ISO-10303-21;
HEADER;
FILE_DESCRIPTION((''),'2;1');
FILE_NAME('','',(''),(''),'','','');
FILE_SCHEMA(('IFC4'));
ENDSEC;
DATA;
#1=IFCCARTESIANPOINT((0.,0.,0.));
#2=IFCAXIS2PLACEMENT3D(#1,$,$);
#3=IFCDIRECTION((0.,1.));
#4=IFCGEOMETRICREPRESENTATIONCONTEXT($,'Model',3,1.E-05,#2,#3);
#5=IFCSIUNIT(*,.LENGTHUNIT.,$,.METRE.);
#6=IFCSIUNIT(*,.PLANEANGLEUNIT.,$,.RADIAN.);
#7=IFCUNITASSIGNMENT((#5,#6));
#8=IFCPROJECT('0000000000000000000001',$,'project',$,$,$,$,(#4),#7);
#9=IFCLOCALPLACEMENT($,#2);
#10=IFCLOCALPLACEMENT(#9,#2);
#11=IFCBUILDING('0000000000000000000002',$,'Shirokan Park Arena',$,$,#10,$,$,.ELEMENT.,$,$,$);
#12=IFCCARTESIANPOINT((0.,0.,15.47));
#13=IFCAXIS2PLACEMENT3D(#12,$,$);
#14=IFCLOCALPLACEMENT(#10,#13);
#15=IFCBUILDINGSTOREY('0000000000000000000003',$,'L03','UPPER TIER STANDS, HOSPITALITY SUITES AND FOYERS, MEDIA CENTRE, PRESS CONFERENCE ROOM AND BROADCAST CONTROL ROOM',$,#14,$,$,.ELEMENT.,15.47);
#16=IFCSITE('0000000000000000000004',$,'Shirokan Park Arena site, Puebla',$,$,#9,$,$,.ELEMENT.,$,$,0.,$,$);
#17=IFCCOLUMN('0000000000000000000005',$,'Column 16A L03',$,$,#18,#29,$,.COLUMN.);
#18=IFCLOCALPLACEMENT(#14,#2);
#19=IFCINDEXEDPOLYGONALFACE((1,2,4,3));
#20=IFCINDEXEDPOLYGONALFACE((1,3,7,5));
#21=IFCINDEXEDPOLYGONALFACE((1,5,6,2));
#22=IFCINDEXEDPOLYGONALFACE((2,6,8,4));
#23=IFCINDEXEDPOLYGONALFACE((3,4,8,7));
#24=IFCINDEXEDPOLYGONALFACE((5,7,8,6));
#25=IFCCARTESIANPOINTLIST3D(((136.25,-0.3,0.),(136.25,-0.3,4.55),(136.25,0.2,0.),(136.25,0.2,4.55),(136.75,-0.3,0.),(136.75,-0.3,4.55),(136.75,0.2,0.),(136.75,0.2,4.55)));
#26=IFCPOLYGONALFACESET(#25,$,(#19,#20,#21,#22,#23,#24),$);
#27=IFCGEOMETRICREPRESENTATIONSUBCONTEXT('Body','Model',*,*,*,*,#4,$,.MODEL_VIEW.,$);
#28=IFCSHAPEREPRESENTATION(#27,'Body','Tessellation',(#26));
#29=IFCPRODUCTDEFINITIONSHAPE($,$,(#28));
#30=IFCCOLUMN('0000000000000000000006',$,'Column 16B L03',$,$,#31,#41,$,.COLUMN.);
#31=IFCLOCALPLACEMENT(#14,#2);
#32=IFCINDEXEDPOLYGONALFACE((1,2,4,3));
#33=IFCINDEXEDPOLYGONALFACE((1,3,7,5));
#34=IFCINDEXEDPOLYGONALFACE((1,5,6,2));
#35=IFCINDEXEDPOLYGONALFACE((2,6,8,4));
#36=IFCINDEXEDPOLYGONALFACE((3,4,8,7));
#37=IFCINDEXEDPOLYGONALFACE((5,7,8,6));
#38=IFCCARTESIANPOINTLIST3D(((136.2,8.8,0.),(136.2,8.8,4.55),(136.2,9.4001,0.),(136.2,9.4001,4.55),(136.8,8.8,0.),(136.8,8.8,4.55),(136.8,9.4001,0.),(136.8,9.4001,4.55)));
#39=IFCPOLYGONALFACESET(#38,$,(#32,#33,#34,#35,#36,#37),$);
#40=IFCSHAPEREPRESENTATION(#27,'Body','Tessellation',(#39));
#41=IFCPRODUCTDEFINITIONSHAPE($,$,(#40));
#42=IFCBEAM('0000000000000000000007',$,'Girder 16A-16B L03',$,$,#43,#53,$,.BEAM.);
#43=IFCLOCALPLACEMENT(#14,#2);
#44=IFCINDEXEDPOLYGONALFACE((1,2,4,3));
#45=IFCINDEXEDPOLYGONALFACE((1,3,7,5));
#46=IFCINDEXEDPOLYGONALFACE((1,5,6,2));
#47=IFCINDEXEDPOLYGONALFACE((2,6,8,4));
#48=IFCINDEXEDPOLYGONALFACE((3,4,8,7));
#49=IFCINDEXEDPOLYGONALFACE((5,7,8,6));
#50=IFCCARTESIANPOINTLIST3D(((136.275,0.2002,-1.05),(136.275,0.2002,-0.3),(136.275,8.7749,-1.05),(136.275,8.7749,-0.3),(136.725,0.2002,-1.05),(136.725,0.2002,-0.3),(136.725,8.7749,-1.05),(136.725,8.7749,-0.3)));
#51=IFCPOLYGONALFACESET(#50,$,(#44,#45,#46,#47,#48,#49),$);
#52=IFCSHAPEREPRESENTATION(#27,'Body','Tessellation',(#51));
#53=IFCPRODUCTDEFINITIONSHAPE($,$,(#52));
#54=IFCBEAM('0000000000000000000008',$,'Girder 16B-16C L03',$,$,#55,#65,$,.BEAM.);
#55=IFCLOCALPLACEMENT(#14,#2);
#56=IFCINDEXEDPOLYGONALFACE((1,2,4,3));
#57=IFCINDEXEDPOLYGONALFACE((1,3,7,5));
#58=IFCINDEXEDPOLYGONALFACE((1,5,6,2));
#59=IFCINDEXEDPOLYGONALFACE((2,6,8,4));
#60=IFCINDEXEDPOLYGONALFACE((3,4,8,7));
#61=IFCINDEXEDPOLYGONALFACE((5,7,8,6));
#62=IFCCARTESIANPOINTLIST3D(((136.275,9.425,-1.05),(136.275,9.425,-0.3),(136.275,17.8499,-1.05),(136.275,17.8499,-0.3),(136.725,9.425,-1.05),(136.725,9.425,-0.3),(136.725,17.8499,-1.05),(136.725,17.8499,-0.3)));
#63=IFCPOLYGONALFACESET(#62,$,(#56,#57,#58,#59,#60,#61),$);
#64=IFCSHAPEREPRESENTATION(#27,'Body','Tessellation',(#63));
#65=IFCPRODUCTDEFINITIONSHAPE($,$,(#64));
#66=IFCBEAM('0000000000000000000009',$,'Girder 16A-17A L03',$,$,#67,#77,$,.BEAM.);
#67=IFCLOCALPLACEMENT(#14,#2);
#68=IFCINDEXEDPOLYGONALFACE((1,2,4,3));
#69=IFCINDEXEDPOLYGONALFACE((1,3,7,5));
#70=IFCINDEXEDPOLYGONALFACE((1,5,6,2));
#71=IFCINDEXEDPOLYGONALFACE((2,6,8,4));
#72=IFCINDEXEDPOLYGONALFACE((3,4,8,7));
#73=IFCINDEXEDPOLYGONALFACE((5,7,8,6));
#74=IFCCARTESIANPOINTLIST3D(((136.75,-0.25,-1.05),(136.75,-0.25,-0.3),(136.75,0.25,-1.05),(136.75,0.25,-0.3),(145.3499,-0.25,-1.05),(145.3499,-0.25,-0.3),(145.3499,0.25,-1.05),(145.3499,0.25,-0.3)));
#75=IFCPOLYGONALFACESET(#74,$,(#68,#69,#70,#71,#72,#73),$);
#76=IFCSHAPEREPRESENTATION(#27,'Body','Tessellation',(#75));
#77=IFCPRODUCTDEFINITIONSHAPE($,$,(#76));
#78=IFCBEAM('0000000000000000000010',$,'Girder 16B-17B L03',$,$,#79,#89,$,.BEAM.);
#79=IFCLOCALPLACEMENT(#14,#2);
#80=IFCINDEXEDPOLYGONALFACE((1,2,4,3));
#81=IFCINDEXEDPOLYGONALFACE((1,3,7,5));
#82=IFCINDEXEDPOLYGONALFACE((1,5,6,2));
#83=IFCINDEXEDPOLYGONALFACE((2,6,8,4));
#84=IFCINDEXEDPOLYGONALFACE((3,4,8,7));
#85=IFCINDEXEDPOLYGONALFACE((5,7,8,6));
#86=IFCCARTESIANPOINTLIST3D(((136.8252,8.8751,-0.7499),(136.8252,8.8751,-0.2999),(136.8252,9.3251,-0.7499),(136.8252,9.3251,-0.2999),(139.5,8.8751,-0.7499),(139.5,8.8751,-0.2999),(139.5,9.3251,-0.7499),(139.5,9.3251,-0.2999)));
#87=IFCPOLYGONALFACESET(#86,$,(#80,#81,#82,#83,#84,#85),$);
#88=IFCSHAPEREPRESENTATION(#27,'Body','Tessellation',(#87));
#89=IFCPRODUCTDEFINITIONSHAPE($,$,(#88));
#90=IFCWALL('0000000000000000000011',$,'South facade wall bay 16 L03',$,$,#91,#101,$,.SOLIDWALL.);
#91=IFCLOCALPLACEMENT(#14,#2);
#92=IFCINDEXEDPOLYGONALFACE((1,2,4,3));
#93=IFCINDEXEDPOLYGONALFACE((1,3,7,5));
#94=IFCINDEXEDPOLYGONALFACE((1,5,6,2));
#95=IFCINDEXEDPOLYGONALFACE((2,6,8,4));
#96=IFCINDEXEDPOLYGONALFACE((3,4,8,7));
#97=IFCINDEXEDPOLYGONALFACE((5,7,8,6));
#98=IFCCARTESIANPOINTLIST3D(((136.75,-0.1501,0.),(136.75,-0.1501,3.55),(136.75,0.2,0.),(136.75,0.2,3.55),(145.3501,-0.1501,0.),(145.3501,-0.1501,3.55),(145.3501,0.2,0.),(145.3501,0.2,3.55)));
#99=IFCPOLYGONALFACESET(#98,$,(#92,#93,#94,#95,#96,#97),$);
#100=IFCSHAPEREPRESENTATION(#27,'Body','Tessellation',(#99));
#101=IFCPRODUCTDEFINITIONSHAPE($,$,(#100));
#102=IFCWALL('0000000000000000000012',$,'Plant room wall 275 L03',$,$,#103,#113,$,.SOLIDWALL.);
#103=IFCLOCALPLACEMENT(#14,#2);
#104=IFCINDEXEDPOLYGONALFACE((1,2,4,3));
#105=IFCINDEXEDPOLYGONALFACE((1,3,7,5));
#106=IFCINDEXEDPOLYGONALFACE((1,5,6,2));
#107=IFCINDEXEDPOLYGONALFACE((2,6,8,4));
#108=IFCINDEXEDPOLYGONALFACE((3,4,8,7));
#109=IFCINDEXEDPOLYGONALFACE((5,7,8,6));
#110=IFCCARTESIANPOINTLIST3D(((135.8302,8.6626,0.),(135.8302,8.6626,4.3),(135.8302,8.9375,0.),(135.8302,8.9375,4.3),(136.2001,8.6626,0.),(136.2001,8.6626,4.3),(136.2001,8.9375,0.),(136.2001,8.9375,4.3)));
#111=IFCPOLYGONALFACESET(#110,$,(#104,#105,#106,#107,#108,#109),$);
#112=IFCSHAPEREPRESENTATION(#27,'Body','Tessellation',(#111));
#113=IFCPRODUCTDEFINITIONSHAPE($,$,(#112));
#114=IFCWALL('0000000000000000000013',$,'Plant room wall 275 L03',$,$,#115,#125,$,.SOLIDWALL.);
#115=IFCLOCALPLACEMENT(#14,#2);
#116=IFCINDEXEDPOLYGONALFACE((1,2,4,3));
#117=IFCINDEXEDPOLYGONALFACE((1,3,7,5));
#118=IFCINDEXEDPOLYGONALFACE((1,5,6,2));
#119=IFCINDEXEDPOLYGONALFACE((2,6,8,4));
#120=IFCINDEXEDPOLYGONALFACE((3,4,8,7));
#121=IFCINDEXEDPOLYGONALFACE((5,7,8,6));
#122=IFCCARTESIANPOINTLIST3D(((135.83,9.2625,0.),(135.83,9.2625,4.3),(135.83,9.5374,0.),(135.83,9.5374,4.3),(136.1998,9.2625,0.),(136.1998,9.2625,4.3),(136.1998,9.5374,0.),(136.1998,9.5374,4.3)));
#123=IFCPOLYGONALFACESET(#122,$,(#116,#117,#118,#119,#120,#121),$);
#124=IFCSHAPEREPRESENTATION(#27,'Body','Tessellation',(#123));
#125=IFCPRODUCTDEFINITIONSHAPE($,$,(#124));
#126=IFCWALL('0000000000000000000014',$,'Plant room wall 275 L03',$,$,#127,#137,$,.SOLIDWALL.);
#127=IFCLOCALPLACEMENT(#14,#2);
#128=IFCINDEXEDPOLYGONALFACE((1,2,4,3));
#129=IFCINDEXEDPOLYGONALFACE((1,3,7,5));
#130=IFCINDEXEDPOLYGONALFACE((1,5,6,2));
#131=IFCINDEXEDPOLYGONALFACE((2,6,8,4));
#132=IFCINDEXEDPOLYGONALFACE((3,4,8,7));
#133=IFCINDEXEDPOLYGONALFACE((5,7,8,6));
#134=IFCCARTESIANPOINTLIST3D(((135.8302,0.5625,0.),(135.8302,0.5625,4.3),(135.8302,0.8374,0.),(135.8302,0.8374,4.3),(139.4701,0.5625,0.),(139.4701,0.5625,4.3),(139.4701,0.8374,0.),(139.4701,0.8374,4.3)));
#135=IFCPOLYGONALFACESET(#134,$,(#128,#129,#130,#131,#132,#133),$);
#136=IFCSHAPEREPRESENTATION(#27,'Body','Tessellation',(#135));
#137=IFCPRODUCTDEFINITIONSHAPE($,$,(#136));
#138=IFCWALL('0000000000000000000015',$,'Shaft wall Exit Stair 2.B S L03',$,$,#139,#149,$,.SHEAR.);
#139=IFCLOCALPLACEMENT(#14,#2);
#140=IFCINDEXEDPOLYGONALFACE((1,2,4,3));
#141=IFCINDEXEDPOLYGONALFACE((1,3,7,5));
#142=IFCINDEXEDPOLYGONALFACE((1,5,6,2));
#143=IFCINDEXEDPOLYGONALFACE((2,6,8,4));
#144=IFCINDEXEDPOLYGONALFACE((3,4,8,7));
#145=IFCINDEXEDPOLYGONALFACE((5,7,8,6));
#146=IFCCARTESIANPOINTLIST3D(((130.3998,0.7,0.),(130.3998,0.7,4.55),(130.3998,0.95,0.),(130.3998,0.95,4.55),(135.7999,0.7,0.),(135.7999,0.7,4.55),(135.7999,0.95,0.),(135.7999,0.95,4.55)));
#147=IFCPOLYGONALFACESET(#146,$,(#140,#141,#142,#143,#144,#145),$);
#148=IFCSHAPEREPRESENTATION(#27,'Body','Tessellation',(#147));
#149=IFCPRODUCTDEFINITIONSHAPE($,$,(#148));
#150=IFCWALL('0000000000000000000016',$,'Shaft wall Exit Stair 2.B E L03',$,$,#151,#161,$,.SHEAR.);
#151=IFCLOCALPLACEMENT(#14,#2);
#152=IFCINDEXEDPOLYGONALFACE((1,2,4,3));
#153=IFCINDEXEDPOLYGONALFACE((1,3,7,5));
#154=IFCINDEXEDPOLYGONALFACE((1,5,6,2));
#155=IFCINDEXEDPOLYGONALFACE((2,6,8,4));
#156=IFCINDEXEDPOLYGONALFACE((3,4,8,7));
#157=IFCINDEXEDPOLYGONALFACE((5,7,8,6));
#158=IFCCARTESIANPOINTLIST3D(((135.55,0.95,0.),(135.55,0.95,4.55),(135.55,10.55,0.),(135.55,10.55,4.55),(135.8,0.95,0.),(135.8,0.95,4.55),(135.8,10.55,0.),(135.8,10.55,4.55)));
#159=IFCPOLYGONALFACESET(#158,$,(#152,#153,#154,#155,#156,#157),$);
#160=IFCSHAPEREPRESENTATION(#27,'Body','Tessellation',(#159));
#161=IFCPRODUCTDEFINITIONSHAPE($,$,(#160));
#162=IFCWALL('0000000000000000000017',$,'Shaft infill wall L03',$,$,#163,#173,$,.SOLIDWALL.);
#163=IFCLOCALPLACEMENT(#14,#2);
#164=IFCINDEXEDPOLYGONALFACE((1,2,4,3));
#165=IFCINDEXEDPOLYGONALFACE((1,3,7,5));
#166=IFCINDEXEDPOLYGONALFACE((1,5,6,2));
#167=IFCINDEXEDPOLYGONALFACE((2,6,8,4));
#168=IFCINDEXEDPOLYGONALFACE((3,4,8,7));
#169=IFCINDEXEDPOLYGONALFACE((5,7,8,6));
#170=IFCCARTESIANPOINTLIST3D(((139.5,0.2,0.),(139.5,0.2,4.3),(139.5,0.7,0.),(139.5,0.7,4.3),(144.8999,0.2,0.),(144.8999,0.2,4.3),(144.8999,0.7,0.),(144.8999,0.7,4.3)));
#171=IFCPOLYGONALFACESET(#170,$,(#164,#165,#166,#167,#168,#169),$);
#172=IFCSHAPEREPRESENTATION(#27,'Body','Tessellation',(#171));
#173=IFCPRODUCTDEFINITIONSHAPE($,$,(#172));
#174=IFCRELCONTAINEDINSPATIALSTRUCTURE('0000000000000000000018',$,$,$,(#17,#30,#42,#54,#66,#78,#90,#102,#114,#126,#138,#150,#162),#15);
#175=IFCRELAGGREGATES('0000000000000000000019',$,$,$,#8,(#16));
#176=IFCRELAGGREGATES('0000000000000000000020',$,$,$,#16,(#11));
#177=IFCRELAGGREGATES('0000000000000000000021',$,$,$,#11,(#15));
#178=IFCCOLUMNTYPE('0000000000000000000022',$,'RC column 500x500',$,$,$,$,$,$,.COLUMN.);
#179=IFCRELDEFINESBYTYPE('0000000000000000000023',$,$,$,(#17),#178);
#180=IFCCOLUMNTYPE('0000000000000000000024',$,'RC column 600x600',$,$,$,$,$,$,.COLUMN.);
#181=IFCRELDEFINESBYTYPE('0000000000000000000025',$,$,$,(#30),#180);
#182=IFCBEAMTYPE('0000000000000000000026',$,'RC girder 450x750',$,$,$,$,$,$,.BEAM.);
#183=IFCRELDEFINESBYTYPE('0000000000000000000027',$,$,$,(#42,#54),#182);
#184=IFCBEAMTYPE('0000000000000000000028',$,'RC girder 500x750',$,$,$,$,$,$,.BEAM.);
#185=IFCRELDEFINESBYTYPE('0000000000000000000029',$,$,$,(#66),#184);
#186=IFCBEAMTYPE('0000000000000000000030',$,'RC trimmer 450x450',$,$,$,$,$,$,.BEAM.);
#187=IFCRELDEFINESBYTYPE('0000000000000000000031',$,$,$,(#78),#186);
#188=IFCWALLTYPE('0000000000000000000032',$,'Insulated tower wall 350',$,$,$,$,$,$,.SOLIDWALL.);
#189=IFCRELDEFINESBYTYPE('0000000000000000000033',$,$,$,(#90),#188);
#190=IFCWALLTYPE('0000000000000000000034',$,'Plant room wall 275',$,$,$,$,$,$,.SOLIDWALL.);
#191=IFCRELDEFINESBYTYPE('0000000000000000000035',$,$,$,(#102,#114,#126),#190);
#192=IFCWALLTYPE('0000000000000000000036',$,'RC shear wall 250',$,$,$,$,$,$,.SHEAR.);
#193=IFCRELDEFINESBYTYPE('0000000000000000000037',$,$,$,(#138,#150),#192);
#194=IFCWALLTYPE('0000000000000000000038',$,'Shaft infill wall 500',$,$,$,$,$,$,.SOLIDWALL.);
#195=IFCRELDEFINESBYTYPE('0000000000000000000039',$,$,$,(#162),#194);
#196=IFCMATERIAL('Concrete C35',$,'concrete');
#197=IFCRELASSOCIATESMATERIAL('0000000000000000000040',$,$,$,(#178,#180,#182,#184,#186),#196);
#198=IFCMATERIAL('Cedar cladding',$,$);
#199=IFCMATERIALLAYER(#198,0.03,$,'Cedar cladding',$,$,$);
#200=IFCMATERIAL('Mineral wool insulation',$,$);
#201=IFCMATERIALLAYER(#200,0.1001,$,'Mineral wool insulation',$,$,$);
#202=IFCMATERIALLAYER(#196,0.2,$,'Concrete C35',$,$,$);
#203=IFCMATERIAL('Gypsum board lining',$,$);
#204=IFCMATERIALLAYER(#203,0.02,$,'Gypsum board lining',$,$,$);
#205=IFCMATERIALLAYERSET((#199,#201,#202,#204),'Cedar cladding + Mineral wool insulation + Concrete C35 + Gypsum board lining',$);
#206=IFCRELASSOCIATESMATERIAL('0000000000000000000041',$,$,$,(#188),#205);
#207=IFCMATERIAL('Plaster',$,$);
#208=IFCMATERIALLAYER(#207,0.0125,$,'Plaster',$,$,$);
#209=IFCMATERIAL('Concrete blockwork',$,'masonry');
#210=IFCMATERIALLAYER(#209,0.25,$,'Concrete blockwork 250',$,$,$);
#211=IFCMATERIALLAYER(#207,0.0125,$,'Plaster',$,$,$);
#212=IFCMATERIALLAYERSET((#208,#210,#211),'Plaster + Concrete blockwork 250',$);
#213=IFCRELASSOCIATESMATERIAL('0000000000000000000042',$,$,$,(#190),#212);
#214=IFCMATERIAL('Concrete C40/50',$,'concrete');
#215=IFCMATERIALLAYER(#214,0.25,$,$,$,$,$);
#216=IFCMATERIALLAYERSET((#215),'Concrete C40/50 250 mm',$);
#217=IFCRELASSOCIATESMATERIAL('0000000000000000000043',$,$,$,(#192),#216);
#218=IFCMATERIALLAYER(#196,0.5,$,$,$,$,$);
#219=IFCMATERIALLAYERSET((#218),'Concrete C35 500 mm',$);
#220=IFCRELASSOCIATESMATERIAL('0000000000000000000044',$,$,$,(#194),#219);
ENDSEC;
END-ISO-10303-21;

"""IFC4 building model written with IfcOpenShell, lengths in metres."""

from ifc_helpers import new_model, si_unit, direction, frame, frame_2d, origin, origin_2d, place, context, subcontext, project, spatial, rectangle, extrude, material, layer, layer_set, material_profile, profile_set, type_object, element, save


model = new_model("IFC4")

# Units and contexts
model_context = context("Model", 3, precision=1e-05, world=origin(), true_north=direction((0.0, 1.0)))
body_context = subcontext(model_context, "Body", "Model", "MODEL_VIEW")
ifc_project = project(units=[si_unit("LENGTHUNIT", "METRE"), si_unit("PLANEANGLEUNIT", "RADIAN")], contexts=[model_context])

# Site, building, storey
site_placement = place(None, origin())
site = spatial("IfcSite", under=ifc_project, at=site_placement, Name="Shirokan Park Arena site, Puebla", CompositionType="ELEMENT", RefElevation=0.0)
building_placement = place(site_placement, origin())
building = spatial("IfcBuilding", under=site, at=building_placement, Name="Shirokan Park Arena", CompositionType="ELEMENT")
storey_placement = place(building_placement, frame((0.0, 0.0, 15.47)))
storey = spatial("IfcBuildingStorey", under=building, at=storey_placement, Name="L03", Description="UPPER TIER STANDS, HOSPITALITY SUITES AND FOYERS, MEDIA CENTRE, PRESS CONFERENCE ROOM AND BROADCAST CONTROL ROOM", CompositionType="ELEMENT", Elevation=15.47)

# Columns
ifc_material_1 = material(Name="Concrete C35", Category="concrete")
ifc_material_profile_1 = material_profile(ifc_material_1, rectangle(XDim=0.5, YDim=0.5, at=origin_2d()), Name="500x500")
ifc_profile_set_1 = profile_set([ifc_material_profile_1], Name="Concrete C35")
column_type_1 = type_object("IfcColumnType", Name="RC column 500x500", PredefinedType="COLUMN", material=ifc_profile_set_1)
column_1_placement = place(storey_placement, frame((136.5, -0.05, 0.0), z_axis=(0.0, 0.0, 1.0), x_axis=(1.0, 0.0, 0.0)))
element("IfcColumn", 1, at=column_1_placement, inside=storey, type_object=column_type_1, Name="Column 16A L03", PredefinedType="COLUMN", context=body_context, shape_type="SweptSolid", body=[
    extrude(rectangle(XDim=0.5, YDim=0.5, at=origin_2d()), origin(), (0.0, 0.0, 1.0), 4.55),
])
ifc_material_profile_2 = material_profile(ifc_material_1, rectangle(XDim=0.6001, YDim=0.6001, at=origin_2d()), Name="600x600")
ifc_profile_set_2 = profile_set([ifc_material_profile_2], Name="Concrete C35")
column_type_2 = type_object("IfcColumnType", Name="RC column 600x600", PredefinedType="COLUMN", material=ifc_profile_set_2)
column_2_placement = place(storey_placement, frame((136.5, 9.1001, 0.0), z_axis=(0.0, 0.0, 1.0), x_axis=(1.0, 0.0, 0.0)))
element("IfcColumn", 2, at=column_2_placement, inside=storey, type_object=column_type_2, Name="Column 16B L03", PredefinedType="COLUMN", context=body_context, shape_type="SweptSolid", body=[
    extrude(rectangle(XDim=0.6001, YDim=0.6001, at=origin_2d()), origin(), (0.0, 0.0, 1.0), 4.55),
])

# Beams
ifc_material_profile_3 = material_profile(ifc_material_1, rectangle(XDim=0.45, YDim=0.75, at=origin_2d()), Name="450x750")
ifc_profile_set_3 = profile_set([ifc_material_profile_3], Name="Concrete C35")
beam_type_1 = type_object("IfcBeamType", Name="RC girder 450x750", PredefinedType="BEAM", material=ifc_profile_set_3)
beam_1_placement = place(storey_placement, frame((136.5, 0.2002, -0.675), z_axis=(0.0, 1.0, 0.0), x_axis=(-1.0, 0.0, 0.0)))
element("IfcBeam", 3, at=beam_1_placement, inside=storey, type_object=beam_type_1, Name="Girder 16A-16B L03", PredefinedType="BEAM", context=body_context, shape_type="SweptSolid", body=[
    extrude(rectangle(XDim=0.45, YDim=0.75, at=origin_2d()), origin(), (0.0, 0.0, 1.0), 8.5747),
])
beam_2_placement = place(storey_placement, frame((136.5, 9.425, -0.675), z_axis=(0.0, 1.0, 0.0), x_axis=(-1.0, 0.0, 0.0)))
element("IfcBeam", 4, at=beam_2_placement, inside=storey, type_object=beam_type_1, Name="Girder 16B-16C L03", PredefinedType="BEAM", context=body_context, shape_type="SweptSolid", body=[
    extrude(rectangle(XDim=0.45, YDim=0.75, at=origin_2d()), origin(), (0.0, 0.0, 1.0), 8.4248),
])
ifc_material_profile_4 = material_profile(ifc_material_1, rectangle(XDim=0.5, YDim=0.75, at=origin_2d()), Name="500x750")
ifc_profile_set_4 = profile_set([ifc_material_profile_4], Name="Concrete C35")
beam_type_2 = type_object("IfcBeamType", Name="RC girder 500x750", PredefinedType="BEAM", material=ifc_profile_set_4)
beam_3_placement = place(storey_placement, frame((136.75, 0.0, -0.675), z_axis=(1.0, 0.0, 0.0), x_axis=(0.0, 1.0, 0.0)))
element("IfcBeam", 5, at=beam_3_placement, inside=storey, type_object=beam_type_2, Name="Girder 16A-17A L03", PredefinedType="BEAM", context=body_context, shape_type="SweptSolid", body=[
    extrude(rectangle(XDim=0.5, YDim=0.75, at=origin_2d()), origin(), (0.0, 0.0, 1.0), 8.5999),
])
ifc_material_profile_5 = material_profile(ifc_material_1, rectangle(XDim=0.45, YDim=0.45, at=origin_2d()), Name="450x450")
ifc_profile_set_5 = profile_set([ifc_material_profile_5], Name="Concrete C35")
beam_type_3 = type_object("IfcBeamType", Name="RC trimmer 450x450", PredefinedType="BEAM", material=ifc_profile_set_5)
beam_4_placement = place(storey_placement, frame((136.8252, 9.1001, -0.5249), z_axis=(1.0, 0.0, 0.0), x_axis=(0.0, 1.0, 0.0)))
element("IfcBeam", 6, at=beam_4_placement, inside=storey, type_object=beam_type_3, Name="Girder 16B-17B L03", PredefinedType="BEAM", context=body_context, shape_type="SweptSolid", body=[
    extrude(rectangle(XDim=0.45, YDim=0.45, at=origin_2d()), origin(), (0.0, 0.0, 1.0), 2.6748),
])

# Walls
ifc_material_2 = material(Name="Cedar cladding")
ifc_layer_1 = layer(ifc_material_2, 0.03, Name="Cedar cladding")
ifc_material_3 = material(Name="Mineral wool insulation")
ifc_layer_2 = layer(ifc_material_3, 0.1001, Name="Mineral wool insulation")
ifc_layer_3 = layer(ifc_material_1, 0.2, Name="Concrete C35")
ifc_material_4 = material(Name="Gypsum board lining")
ifc_layer_4 = layer(ifc_material_4, 0.02, Name="Gypsum board lining")
ifc_layer_set_1 = layer_set([ifc_layer_1, ifc_layer_2, ifc_layer_3, ifc_layer_4], Name="Cedar cladding + Mineral wool insulation + Concrete C35 + Gypsum board lining")
wall_type_1 = type_object("IfcWallType", Name="Insulated tower wall 350", PredefinedType="SOLIDWALL", material=ifc_layer_set_1)
wall_1_placement = place(storey_placement, frame((136.75, 0.0249, 0.0), z_axis=(0.0, 0.0, 1.0), x_axis=(1.0, 0.0, 0.0)))
element("IfcWall", 7, at=wall_1_placement, inside=storey, type_object=wall_type_1, Name="South facade wall bay 16 L03", PredefinedType="SOLIDWALL", context=body_context, shape_type="SweptSolid", body=[
    extrude(rectangle(XDim=8.6001, YDim=0.3501, at=frame_2d((4.3, 0.0))), origin(), (0.0, 0.0, 1.0), 3.55),
])
ifc_material_5 = material(Name="Plaster")
ifc_layer_5 = layer(ifc_material_5, 0.0125, Name="Plaster")
ifc_material_6 = material(Name="Concrete blockwork", Category="masonry")
ifc_layer_6 = layer(ifc_material_6, 0.25, Name="Concrete blockwork 250")
ifc_layer_7 = layer(ifc_material_5, 0.0125, Name="Plaster")
ifc_layer_set_2 = layer_set([ifc_layer_5, ifc_layer_6, ifc_layer_7], Name="Plaster + Concrete blockwork 250")
wall_type_2 = type_object("IfcWallType", Name="Plant room wall 275", PredefinedType="SOLIDWALL", material=ifc_layer_set_2)
for number, where, z_axis, x_axis, name in (
    (8, (135.8301, 8.8, 0.0), (0.0, 0.0, 1.0), (1.0, 0.0, 0.0), "Plant room wall 275 L03"),
    (9, (136.2, 9.3999, 0.0), (0.0, 0.0, 1.0), (-1.0, 0.0, 0.0), "Plant room wall 275 L03"),
):
    element("IfcWall", number, at=place(storey_placement, frame(where, z_axis=z_axis, x_axis=x_axis)), inside=storey, type_object=wall_type_2, Name=name, PredefinedType="SOLIDWALL", context=body_context, shape_type="SweptSolid", body=[
        extrude(rectangle(XDim=0.3699, YDim=0.2749, at=frame_2d((0.1851, 0.0))), origin(), (0.0, 0.0, 1.0), 4.3),
    ])
wall_2_placement = place(storey_placement, frame((139.47, 0.7, 0.0), z_axis=(0.0, 0.0, 1.0), x_axis=(-1.0, 0.0, 0.0)))
element("IfcWall", 10, at=wall_2_placement, inside=storey, type_object=wall_type_2, Name="Plant room wall 275 L03", PredefinedType="SOLIDWALL", context=body_context, shape_type="SweptSolid", body=[
    extrude(rectangle(XDim=3.6399, YDim=0.2749, at=frame_2d((1.8198, 0.0))), origin(), (0.0, 0.0, 1.0), 4.3),
])
ifc_material_7 = material(Name="Concrete C40/50", Category="concrete")
ifc_layer_8 = layer(ifc_material_7, 0.25)
ifc_layer_set_3 = layer_set([ifc_layer_8], Name="Concrete C40/50 250 mm")
wall_type_3 = type_object("IfcWallType", Name="RC shear wall 250", PredefinedType="SHEAR", material=ifc_layer_set_3)
wall_3_placement = place(storey_placement, frame((135.8, 0.825, 0.0), z_axis=(0.0, 0.0, 1.0), x_axis=(-1.0, 0.0, 0.0)))
element("IfcWall", 11, at=wall_3_placement, inside=storey, type_object=wall_type_3, Name="Shaft wall Exit Stair 2.B S L03", PredefinedType="SHEAR", context=body_context, shape_type="SweptSolid", body=[
    extrude(rectangle(XDim=5.4001, YDim=0.25, at=frame_2d((2.7002, 0.0))), origin(), (0.0, 0.0, 1.0), 4.55),
])
wall_4_placement = place(storey_placement, frame((135.675, 10.55, 0.0), z_axis=(0.0, 0.0, 1.0), x_axis=(0.0, -1.0, 0.0)))
element("IfcWall", 12, at=wall_4_placement, inside=storey, type_object=wall_type_3, Name="Shaft wall Exit Stair 2.B E L03", PredefinedType="SHEAR", context=body_context, shape_type="SweptSolid", body=[
    extrude(rectangle(XDim=9.6001, YDim=0.25, at=frame_2d((4.8, 0.0))), origin(), (0.0, 0.0, 1.0), 4.55),
])
ifc_layer_9 = layer(ifc_material_1, 0.5)
ifc_layer_set_4 = layer_set([ifc_layer_9], Name="Concrete C35 500 mm")
wall_type_4 = type_object("IfcWallType", Name="Shaft infill wall 500", PredefinedType="SOLIDWALL", material=ifc_layer_set_4)
wall_5_placement = place(storey_placement, frame((139.5, 0.45, 0.0), z_axis=(0.0, 0.0, 1.0), x_axis=(1.0, 0.0, 0.0)))
element("IfcWall", 13, at=wall_5_placement, inside=storey, type_object=wall_type_4, Name="Shaft infill wall L03", PredefinedType="SOLIDWALL", context=body_context, shape_type="SweptSolid", body=[
    extrude(rectangle(XDim=5.3999, YDim=0.5, at=frame_2d((2.7, 0.0))), origin(), (0.0, 0.0, 1.0), 4.3),
])

save(model, "model.ifc")
